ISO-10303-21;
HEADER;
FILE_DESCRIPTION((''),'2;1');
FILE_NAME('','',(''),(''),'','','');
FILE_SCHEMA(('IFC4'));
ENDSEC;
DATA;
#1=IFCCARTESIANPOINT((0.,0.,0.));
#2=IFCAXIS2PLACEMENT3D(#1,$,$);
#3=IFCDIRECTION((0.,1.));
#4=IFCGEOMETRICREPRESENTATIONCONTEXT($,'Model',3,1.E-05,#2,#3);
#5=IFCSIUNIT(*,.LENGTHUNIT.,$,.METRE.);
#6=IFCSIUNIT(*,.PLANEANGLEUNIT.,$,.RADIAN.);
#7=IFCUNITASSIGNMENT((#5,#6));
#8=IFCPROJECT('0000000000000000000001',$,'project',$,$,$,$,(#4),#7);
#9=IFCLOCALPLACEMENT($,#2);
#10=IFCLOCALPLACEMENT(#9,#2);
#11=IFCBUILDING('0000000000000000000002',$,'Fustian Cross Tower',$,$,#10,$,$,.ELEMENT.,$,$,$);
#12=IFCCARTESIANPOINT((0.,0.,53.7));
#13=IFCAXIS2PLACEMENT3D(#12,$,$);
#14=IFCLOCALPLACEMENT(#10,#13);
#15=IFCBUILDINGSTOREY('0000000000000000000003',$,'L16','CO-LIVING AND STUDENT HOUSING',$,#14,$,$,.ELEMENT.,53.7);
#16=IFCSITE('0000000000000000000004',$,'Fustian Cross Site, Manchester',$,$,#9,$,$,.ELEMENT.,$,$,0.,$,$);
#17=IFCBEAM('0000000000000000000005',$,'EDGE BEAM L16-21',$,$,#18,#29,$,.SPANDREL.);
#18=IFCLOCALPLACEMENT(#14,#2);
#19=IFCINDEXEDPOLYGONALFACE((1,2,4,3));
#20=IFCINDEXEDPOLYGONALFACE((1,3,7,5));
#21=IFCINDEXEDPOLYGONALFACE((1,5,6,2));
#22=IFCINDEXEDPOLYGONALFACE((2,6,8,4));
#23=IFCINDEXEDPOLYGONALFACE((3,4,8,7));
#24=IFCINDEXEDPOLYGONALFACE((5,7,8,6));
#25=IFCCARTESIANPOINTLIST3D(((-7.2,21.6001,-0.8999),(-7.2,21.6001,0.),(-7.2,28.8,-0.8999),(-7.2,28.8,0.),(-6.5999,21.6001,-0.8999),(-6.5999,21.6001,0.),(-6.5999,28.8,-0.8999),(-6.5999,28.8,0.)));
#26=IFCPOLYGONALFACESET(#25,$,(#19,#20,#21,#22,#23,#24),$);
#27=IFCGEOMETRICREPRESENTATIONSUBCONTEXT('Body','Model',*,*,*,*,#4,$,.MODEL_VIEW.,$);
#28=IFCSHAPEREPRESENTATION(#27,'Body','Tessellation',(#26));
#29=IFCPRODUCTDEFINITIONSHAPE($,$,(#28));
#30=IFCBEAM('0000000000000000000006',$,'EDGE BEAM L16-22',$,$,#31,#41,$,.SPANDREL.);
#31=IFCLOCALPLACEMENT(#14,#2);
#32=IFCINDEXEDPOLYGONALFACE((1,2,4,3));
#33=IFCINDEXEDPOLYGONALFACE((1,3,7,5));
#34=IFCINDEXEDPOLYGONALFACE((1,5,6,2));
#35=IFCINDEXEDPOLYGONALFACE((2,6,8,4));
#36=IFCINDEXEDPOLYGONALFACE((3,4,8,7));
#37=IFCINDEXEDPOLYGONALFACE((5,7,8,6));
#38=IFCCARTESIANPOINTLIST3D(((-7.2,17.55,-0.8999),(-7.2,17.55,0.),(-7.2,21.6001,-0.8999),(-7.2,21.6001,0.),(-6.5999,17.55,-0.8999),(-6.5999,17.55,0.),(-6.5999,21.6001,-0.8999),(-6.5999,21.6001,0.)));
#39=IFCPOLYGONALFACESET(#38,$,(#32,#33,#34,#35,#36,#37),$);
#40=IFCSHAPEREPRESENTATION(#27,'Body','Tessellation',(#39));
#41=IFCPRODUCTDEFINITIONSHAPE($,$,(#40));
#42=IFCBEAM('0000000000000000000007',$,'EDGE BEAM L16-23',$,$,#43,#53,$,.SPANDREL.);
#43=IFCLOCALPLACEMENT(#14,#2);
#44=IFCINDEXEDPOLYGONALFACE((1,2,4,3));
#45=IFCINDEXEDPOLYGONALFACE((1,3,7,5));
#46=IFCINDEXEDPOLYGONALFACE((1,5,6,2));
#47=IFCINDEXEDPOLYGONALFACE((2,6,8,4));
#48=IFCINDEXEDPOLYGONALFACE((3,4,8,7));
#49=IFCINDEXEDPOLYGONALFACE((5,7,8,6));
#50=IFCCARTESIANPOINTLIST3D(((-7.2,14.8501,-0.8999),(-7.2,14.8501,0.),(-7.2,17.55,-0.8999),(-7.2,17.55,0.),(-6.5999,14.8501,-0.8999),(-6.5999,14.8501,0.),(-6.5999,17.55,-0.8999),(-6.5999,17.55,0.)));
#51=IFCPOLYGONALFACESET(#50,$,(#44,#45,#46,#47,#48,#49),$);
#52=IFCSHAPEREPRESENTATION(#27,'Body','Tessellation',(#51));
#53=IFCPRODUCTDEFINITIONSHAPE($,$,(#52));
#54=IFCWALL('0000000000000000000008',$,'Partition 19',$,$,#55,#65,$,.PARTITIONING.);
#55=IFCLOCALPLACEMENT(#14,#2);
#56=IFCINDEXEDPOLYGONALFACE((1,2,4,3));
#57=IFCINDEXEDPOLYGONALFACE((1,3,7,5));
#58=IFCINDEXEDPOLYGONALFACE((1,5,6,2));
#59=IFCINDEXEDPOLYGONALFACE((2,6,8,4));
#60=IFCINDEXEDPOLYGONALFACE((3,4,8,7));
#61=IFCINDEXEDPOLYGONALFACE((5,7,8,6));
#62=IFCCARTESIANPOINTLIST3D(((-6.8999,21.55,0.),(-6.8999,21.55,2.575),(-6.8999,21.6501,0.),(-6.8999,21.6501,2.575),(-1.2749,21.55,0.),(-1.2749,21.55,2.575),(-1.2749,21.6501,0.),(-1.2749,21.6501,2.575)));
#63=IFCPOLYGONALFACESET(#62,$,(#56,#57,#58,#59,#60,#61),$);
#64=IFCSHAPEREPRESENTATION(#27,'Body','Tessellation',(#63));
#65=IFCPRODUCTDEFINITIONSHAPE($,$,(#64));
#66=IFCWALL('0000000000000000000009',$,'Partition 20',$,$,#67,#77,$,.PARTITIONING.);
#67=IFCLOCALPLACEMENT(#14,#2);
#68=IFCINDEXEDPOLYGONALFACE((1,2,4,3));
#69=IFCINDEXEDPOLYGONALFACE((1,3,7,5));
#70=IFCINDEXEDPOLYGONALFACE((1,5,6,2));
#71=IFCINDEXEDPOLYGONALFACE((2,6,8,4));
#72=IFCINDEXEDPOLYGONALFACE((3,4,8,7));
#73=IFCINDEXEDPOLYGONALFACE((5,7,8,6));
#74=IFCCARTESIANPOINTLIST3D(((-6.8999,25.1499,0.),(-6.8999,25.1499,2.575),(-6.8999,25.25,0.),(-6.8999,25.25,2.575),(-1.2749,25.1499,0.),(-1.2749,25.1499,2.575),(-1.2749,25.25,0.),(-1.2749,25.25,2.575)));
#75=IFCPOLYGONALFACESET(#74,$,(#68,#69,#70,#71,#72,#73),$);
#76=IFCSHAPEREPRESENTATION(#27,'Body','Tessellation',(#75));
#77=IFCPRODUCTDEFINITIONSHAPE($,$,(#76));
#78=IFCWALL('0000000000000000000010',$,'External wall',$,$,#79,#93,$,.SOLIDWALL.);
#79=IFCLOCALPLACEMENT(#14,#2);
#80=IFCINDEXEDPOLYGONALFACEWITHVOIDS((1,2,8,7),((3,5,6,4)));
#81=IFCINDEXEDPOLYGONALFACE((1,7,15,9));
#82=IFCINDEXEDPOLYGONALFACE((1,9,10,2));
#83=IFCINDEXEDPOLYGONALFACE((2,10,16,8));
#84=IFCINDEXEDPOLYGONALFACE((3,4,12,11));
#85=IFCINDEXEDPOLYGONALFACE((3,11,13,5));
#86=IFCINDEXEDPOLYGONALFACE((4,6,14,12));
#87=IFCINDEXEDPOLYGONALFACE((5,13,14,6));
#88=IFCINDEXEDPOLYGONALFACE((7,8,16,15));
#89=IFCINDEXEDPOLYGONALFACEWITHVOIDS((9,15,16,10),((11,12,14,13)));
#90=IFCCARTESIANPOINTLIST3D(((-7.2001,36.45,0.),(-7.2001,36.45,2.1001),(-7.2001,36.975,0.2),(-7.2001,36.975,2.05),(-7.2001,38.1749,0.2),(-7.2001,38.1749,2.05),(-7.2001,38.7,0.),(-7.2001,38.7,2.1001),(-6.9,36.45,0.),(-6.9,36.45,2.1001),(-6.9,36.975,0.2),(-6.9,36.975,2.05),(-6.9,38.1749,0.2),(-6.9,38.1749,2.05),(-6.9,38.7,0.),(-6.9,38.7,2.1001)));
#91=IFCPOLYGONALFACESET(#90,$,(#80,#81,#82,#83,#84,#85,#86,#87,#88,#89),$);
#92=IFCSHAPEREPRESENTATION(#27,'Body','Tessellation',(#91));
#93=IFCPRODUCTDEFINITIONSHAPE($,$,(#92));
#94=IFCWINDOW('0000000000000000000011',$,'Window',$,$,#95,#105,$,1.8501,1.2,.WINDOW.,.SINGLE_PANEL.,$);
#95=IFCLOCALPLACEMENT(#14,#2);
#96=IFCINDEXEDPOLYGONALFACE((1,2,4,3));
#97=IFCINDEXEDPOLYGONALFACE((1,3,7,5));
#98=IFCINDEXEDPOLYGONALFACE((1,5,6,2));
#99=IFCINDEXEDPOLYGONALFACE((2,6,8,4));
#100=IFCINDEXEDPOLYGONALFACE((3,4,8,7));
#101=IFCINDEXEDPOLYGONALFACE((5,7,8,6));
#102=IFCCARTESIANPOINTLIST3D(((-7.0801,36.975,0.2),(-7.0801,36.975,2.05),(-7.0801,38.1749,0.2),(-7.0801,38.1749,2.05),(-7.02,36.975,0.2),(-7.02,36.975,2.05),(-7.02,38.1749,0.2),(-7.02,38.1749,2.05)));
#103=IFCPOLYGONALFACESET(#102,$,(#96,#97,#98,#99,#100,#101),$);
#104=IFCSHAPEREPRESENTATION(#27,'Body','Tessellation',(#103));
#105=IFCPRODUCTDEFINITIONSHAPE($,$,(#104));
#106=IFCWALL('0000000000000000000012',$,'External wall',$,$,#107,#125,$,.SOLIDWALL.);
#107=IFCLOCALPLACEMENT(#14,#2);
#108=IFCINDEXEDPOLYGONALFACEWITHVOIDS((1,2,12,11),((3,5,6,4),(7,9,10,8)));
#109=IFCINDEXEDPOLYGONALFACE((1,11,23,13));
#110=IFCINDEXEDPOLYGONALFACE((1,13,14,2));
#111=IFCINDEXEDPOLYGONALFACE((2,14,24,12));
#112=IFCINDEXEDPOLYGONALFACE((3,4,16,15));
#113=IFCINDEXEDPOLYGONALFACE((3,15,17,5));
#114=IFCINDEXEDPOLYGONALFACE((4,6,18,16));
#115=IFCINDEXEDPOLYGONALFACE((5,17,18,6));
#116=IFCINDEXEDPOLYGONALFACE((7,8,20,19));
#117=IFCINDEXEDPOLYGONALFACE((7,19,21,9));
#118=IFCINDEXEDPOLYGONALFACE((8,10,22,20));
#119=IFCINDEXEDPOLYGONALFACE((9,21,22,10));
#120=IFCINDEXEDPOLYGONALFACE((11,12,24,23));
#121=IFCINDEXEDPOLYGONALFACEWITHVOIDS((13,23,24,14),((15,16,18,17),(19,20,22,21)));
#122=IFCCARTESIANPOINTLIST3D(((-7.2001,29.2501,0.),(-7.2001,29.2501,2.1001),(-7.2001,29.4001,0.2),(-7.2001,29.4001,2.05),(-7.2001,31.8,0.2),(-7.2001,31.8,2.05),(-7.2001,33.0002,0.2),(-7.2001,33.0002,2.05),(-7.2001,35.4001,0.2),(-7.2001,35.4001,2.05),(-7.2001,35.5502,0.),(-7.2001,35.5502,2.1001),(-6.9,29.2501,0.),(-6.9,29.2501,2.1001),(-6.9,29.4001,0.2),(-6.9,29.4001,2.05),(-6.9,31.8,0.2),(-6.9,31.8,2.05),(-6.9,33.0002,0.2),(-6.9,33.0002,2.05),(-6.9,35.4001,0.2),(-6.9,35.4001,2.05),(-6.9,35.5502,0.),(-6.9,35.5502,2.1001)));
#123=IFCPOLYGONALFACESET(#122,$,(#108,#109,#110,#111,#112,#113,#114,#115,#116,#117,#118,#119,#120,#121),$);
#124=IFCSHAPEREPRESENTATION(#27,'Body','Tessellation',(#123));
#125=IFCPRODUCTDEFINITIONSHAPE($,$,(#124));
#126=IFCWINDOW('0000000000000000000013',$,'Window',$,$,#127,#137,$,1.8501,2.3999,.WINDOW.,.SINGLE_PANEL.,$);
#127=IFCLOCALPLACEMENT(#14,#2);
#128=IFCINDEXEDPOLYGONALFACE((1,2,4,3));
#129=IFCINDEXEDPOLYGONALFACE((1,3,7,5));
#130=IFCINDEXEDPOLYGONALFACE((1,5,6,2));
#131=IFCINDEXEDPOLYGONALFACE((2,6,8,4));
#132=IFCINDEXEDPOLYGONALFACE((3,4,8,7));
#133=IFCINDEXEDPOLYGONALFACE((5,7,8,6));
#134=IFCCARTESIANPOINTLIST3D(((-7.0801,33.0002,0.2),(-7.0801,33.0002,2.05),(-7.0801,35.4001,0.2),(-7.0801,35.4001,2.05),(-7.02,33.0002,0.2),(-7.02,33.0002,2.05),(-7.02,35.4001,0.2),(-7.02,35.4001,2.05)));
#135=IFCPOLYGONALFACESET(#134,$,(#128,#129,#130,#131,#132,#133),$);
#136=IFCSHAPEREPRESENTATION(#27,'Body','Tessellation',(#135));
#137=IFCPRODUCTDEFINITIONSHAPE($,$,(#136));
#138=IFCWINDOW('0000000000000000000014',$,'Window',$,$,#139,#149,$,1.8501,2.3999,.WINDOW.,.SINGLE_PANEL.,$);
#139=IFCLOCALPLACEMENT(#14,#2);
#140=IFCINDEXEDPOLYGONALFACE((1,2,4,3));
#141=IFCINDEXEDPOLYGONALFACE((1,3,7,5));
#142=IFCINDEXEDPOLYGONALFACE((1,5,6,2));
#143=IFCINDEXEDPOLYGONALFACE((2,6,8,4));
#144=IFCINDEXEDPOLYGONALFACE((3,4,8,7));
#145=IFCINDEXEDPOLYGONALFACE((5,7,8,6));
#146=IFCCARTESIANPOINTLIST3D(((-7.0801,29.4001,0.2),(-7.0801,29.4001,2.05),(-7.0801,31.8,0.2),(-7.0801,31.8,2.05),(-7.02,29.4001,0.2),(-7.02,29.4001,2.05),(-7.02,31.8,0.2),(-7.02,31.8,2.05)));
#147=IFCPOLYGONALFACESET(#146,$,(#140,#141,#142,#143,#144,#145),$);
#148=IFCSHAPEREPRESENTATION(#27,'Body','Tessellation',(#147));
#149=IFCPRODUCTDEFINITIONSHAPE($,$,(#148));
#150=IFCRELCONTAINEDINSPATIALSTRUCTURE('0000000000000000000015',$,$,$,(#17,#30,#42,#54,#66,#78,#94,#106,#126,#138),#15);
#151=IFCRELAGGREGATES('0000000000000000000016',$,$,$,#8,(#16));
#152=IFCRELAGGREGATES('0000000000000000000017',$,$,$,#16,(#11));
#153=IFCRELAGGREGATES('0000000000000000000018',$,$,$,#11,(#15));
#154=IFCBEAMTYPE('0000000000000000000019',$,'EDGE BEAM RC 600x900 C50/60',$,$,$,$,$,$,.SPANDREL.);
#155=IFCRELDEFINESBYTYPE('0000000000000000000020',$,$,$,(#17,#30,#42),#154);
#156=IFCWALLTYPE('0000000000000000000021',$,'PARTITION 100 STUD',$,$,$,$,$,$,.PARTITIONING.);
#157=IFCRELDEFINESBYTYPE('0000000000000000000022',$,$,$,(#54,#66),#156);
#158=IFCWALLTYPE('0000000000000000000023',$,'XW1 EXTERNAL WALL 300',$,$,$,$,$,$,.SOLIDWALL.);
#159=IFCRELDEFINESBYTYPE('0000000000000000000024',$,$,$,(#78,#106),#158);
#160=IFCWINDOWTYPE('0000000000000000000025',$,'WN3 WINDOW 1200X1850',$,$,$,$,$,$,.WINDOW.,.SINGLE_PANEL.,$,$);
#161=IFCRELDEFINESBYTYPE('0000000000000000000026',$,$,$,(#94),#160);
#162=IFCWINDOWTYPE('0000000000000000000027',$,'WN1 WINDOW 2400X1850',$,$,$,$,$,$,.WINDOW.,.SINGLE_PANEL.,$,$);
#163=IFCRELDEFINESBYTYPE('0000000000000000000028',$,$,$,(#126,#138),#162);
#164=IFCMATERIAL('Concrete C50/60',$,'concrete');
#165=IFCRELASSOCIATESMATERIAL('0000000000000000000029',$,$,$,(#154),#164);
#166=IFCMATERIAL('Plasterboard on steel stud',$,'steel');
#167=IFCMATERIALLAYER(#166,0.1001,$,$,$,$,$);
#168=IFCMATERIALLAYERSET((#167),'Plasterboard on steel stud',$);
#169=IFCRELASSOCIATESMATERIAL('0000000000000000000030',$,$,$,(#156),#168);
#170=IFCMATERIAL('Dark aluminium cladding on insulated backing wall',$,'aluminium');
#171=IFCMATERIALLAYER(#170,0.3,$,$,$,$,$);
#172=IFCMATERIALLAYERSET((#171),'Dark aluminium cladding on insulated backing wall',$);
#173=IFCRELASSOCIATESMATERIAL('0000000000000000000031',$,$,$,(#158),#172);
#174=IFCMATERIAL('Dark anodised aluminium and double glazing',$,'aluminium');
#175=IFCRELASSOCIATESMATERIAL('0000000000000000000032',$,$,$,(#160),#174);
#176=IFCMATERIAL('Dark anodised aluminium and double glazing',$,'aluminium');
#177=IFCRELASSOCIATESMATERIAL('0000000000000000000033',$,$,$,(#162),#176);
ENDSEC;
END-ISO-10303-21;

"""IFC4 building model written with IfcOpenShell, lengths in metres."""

from ifc_helpers import new_model, si_unit, direction, frame, frame_2d, origin, origin_2d, place, context, subcontext, project, spatial, rectangle, extrude, material, layer, layer_set, material_profile, profile_set, type_object, element, fill, save


model = new_model("IFC4")

# Units and contexts
model_context = context("Model", 3, precision=1e-05, world=origin(), true_north=direction((0.0, 1.0)))
body_context = subcontext(model_context, "Body", "Model", "MODEL_VIEW")
ifc_project = project(units=[si_unit("LENGTHUNIT", "METRE"), si_unit("PLANEANGLEUNIT", "RADIAN")], contexts=[model_context])

# Site, building, storey
site_placement = place(None, origin())
site = spatial("IfcSite", under=ifc_project, at=site_placement, Name="Fustian Cross Site, Manchester", CompositionType="ELEMENT", RefElevation=0.0)
building_placement = place(site_placement, origin())
building = spatial("IfcBuilding", under=site, at=building_placement, Name="Fustian Cross Tower", CompositionType="ELEMENT")
storey_placement = place(building_placement, frame((0.0, 0.0, 53.7)))
storey = spatial("IfcBuildingStorey", under=building, at=storey_placement, Name="L16", Description="CO-LIVING AND STUDENT HOUSING", CompositionType="ELEMENT", Elevation=53.7)

# Beams
ifc_material_1 = material(Name="Concrete C50/60", Category="concrete")
ifc_material_profile = material_profile(ifc_material_1, rectangle(XDim=0.6001, YDim=0.8999, at=origin_2d()), Name="RC 600x900")
ifc_profile_set = profile_set([ifc_material_profile], Name="Concrete C50/60")
beam_type = type_object("IfcBeamType", Name="EDGE BEAM RC 600x900 C50/60", PredefinedType="SPANDREL", material=ifc_profile_set)
beam_1_placement = place(storey_placement, frame((-6.8999, 28.8, -0.45), z_axis=(0.0, -1.0, 0.0), x_axis=(1.0, 0.0, 0.0)))
element("IfcBeam", 1, at=beam_1_placement, inside=storey, type_object=beam_type, Name="EDGE BEAM L16-21", PredefinedType="SPANDREL", context=body_context, shape_type="SweptSolid", body=[
    extrude(rectangle(XDim=0.6001, YDim=0.8999, at=origin_2d()), origin(), (0.0, 0.0, 1.0), 7.2),
])
beam_2_placement = place(storey_placement, frame((-6.8999, 21.6001, -0.45), z_axis=(0.0, -1.0, 0.0), x_axis=(1.0, 0.0, 0.0)))
element("IfcBeam", 2, at=beam_2_placement, inside=storey, type_object=beam_type, Name="EDGE BEAM L16-22", PredefinedType="SPANDREL", context=body_context, shape_type="SweptSolid", body=[
    extrude(rectangle(XDim=0.6001, YDim=0.8999, at=origin_2d()), origin(), (0.0, 0.0, 1.0), 4.05),
])
beam_3_placement = place(storey_placement, frame((-6.8999, 17.55, -0.45), z_axis=(0.0, -1.0, 0.0), x_axis=(1.0, 0.0, 0.0)))
element("IfcBeam", 3, at=beam_3_placement, inside=storey, type_object=beam_type, Name="EDGE BEAM L16-23", PredefinedType="SPANDREL", context=body_context, shape_type="SweptSolid", body=[
    extrude(rectangle(XDim=0.6001, YDim=0.8999, at=origin_2d()), origin(), (0.0, 0.0, 1.0), 2.7),
])

# Walls
ifc_material_2 = material(Name="Plasterboard on steel stud", Category="steel")
ifc_layer_1 = layer(ifc_material_2, 0.1001)
ifc_layer_set_1 = layer_set([ifc_layer_1], Name="Plasterboard on steel stud")
wall_type_1 = type_object("IfcWallType", Name="PARTITION 100 STUD", PredefinedType="PARTITIONING", material=ifc_layer_set_1)
for number, where, z_axis, x_axis, name in (
    (4, (-6.8999, 21.6001, 0.0), (0.0, 0.0, 1.0), (1.0, 0.0, 0.0), "Partition 19"),
    (5, (-6.8999, 25.2, 0.0), (0.0, 0.0, 1.0), (1.0, 0.0, 0.0), "Partition 20"),
):
    element("IfcWall", number, at=place(storey_placement, frame(where, z_axis=z_axis, x_axis=x_axis)), inside=storey, type_object=wall_type_1, Name=name, PredefinedType="PARTITIONING", context=body_context, shape_type="SweptSolid", body=[
        extrude(rectangle(XDim=5.625, YDim=0.1001, at=frame_2d((2.8125, 0.0))), origin(), (0.0, 0.0, 1.0), 2.575),
    ])

# Wall, opening, window
ifc_material_3 = material(Name="Dark aluminium cladding on insulated backing wall", Category="aluminium")
ifc_layer_2 = layer(ifc_material_3, 0.3)
ifc_layer_set_2 = layer_set([ifc_layer_2], Name="Dark aluminium cladding on insulated backing wall")
wall_type_2 = type_object("IfcWallType", Name="XW1 EXTERNAL WALL 300", PredefinedType="SOLIDWALL", material=ifc_layer_set_2)
wall_1_placement = place(storey_placement, frame((-7.05, 38.7, 0.0), z_axis=(0.0, 0.0, 1.0), x_axis=(0.0, -1.0, 0.0)))
wall_1 = element("IfcWall", 6, at=wall_1_placement, inside=storey, type_object=wall_type_2, Name="External wall", PredefinedType="SOLIDWALL", context=body_context, shape_type="SweptSolid", body=[
    extrude(rectangle(XDim=2.25, YDim=0.3, at=frame_2d((1.125, 0.0))), origin(), (0.0, 0.0, 1.0), 2.1001),
])
opening_1_placement = place(wall_1_placement, frame((0.5249, 0.0, 0.2)))
opening_1 = element("IfcOpeningElement", 7, at=opening_1_placement, cuts=wall_1, PredefinedType="OPENING", context=body_context, shape_type="SweptSolid", body=[
    extrude(rectangle(XDim=1.2, YDim=1.8501, at=frame_2d((0.6001, 0.925))), frame((0.0, 0.1599, 0.0), z_axis=(0.0, -1.0, 0.0), x_axis=(1.0, 0.0, 0.0)), (0.0, 0.0, 1.0), 0.3201),
])
ifc_material_4 = material(Name="Dark anodised aluminium and double glazing", Category="aluminium")
window_type_1 = type_object("IfcWindowType", Name="WN3 WINDOW 1200X1850", PartitioningType="SINGLE_PANEL", PredefinedType="WINDOW", material=ifc_material_4)
window_1_placement = place(opening_1_placement, origin())
window_1 = element("IfcWindow", 8, at=window_1_placement, inside=storey, type_object=window_type_1, Name="Window", OverallHeight=1.8501, OverallWidth=1.2, PartitioningType="SINGLE_PANEL", PredefinedType="WINDOW", context=body_context, shape_type="SweptSolid", body=[
    extrude(rectangle(XDim=1.2, YDim=1.8501, at=frame_2d((0.6001, 0.925))), frame((0.0, 0.03, 0.0), z_axis=(0.0, -1.0, 0.0), x_axis=(1.0, 0.0, 0.0)), (0.0, 0.0, 1.0), 0.0601),
])
fill(opening_1, window_1)

# Wall, openings, windows
wall_2_placement = place(storey_placement, frame((-7.05, 35.55, 0.0), z_axis=(0.0, 0.0, 1.0), x_axis=(0.0, -1.0, 0.0)))
wall_2 = element("IfcWall", 9, at=wall_2_placement, inside=storey, type_object=wall_type_2, Name="External wall", PredefinedType="SOLIDWALL", context=body_context, shape_type="SweptSolid", body=[
    extrude(rectangle(XDim=6.3, YDim=0.3, at=frame_2d((3.1499, 0.0))), origin(), (0.0, 0.0, 1.0), 2.1001),
])
opening_2_placement = place(wall_2_placement, frame((0.1499, 0.0, 0.2)))
opening_2 = element("IfcOpeningElement", 10, at=opening_2_placement, cuts=wall_2, PredefinedType="OPENING", context=body_context, shape_type="SweptSolid", body=[
    extrude(rectangle(XDim=2.3999, YDim=1.8501, at=frame_2d((1.2, 0.925))), frame((0.0, 0.1599, 0.0), z_axis=(0.0, -1.0, 0.0), x_axis=(1.0, 0.0, 0.0)), (0.0, 0.0, 1.0), 0.3201),
])
opening_3_placement = place(wall_2_placement, frame((3.75, 0.0, 0.2)))
opening_3 = element("IfcOpeningElement", 11, at=opening_3_placement, cuts=wall_2, PredefinedType="OPENING", context=body_context, shape_type="SweptSolid", body=[
    extrude(rectangle(XDim=2.3999, YDim=1.8501, at=frame_2d((1.2, 0.925))), frame((0.0, 0.1599, 0.0), z_axis=(0.0, -1.0, 0.0), x_axis=(1.0, 0.0, 0.0)), (0.0, 0.0, 1.0), 0.3201),
])
ifc_material_5 = material(Name="Dark anodised aluminium and double glazing", Category="aluminium")
window_type_2 = type_object("IfcWindowType", Name="WN1 WINDOW 2400X1850", PartitioningType="SINGLE_PANEL", PredefinedType="WINDOW", material=ifc_material_5)
window_2_placement = place(opening_2_placement, origin())
window_2 = element("IfcWindow", 12, at=window_2_placement, inside=storey, type_object=window_type_2, Name="Window", OverallHeight=1.8501, OverallWidth=2.3999, PartitioningType="SINGLE_PANEL", PredefinedType="WINDOW", context=body_context, shape_type="SweptSolid", body=[
    extrude(rectangle(XDim=2.3999, YDim=1.8501, at=frame_2d((1.2, 0.925))), frame((0.0, 0.03, 0.0), z_axis=(0.0, -1.0, 0.0), x_axis=(1.0, 0.0, 0.0)), (0.0, 0.0, 1.0), 0.0601),
])
fill(opening_2, window_2)
window_3_placement = place(opening_3_placement, origin())
window_3 = element("IfcWindow", 13, at=window_3_placement, inside=storey, type_object=window_type_2, Name="Window", OverallHeight=1.8501, OverallWidth=2.3999, PartitioningType="SINGLE_PANEL", PredefinedType="WINDOW", context=body_context, shape_type="SweptSolid", body=[
    extrude(rectangle(XDim=2.3999, YDim=1.8501, at=frame_2d((1.2, 0.925))), frame((0.0, 0.03, 0.0), z_axis=(0.0, -1.0, 0.0), x_axis=(1.0, 0.0, 0.0)), (0.0, 0.0, 1.0), 0.0601),
])
fill(opening_3, window_3)

save(model, "model.ifc")
